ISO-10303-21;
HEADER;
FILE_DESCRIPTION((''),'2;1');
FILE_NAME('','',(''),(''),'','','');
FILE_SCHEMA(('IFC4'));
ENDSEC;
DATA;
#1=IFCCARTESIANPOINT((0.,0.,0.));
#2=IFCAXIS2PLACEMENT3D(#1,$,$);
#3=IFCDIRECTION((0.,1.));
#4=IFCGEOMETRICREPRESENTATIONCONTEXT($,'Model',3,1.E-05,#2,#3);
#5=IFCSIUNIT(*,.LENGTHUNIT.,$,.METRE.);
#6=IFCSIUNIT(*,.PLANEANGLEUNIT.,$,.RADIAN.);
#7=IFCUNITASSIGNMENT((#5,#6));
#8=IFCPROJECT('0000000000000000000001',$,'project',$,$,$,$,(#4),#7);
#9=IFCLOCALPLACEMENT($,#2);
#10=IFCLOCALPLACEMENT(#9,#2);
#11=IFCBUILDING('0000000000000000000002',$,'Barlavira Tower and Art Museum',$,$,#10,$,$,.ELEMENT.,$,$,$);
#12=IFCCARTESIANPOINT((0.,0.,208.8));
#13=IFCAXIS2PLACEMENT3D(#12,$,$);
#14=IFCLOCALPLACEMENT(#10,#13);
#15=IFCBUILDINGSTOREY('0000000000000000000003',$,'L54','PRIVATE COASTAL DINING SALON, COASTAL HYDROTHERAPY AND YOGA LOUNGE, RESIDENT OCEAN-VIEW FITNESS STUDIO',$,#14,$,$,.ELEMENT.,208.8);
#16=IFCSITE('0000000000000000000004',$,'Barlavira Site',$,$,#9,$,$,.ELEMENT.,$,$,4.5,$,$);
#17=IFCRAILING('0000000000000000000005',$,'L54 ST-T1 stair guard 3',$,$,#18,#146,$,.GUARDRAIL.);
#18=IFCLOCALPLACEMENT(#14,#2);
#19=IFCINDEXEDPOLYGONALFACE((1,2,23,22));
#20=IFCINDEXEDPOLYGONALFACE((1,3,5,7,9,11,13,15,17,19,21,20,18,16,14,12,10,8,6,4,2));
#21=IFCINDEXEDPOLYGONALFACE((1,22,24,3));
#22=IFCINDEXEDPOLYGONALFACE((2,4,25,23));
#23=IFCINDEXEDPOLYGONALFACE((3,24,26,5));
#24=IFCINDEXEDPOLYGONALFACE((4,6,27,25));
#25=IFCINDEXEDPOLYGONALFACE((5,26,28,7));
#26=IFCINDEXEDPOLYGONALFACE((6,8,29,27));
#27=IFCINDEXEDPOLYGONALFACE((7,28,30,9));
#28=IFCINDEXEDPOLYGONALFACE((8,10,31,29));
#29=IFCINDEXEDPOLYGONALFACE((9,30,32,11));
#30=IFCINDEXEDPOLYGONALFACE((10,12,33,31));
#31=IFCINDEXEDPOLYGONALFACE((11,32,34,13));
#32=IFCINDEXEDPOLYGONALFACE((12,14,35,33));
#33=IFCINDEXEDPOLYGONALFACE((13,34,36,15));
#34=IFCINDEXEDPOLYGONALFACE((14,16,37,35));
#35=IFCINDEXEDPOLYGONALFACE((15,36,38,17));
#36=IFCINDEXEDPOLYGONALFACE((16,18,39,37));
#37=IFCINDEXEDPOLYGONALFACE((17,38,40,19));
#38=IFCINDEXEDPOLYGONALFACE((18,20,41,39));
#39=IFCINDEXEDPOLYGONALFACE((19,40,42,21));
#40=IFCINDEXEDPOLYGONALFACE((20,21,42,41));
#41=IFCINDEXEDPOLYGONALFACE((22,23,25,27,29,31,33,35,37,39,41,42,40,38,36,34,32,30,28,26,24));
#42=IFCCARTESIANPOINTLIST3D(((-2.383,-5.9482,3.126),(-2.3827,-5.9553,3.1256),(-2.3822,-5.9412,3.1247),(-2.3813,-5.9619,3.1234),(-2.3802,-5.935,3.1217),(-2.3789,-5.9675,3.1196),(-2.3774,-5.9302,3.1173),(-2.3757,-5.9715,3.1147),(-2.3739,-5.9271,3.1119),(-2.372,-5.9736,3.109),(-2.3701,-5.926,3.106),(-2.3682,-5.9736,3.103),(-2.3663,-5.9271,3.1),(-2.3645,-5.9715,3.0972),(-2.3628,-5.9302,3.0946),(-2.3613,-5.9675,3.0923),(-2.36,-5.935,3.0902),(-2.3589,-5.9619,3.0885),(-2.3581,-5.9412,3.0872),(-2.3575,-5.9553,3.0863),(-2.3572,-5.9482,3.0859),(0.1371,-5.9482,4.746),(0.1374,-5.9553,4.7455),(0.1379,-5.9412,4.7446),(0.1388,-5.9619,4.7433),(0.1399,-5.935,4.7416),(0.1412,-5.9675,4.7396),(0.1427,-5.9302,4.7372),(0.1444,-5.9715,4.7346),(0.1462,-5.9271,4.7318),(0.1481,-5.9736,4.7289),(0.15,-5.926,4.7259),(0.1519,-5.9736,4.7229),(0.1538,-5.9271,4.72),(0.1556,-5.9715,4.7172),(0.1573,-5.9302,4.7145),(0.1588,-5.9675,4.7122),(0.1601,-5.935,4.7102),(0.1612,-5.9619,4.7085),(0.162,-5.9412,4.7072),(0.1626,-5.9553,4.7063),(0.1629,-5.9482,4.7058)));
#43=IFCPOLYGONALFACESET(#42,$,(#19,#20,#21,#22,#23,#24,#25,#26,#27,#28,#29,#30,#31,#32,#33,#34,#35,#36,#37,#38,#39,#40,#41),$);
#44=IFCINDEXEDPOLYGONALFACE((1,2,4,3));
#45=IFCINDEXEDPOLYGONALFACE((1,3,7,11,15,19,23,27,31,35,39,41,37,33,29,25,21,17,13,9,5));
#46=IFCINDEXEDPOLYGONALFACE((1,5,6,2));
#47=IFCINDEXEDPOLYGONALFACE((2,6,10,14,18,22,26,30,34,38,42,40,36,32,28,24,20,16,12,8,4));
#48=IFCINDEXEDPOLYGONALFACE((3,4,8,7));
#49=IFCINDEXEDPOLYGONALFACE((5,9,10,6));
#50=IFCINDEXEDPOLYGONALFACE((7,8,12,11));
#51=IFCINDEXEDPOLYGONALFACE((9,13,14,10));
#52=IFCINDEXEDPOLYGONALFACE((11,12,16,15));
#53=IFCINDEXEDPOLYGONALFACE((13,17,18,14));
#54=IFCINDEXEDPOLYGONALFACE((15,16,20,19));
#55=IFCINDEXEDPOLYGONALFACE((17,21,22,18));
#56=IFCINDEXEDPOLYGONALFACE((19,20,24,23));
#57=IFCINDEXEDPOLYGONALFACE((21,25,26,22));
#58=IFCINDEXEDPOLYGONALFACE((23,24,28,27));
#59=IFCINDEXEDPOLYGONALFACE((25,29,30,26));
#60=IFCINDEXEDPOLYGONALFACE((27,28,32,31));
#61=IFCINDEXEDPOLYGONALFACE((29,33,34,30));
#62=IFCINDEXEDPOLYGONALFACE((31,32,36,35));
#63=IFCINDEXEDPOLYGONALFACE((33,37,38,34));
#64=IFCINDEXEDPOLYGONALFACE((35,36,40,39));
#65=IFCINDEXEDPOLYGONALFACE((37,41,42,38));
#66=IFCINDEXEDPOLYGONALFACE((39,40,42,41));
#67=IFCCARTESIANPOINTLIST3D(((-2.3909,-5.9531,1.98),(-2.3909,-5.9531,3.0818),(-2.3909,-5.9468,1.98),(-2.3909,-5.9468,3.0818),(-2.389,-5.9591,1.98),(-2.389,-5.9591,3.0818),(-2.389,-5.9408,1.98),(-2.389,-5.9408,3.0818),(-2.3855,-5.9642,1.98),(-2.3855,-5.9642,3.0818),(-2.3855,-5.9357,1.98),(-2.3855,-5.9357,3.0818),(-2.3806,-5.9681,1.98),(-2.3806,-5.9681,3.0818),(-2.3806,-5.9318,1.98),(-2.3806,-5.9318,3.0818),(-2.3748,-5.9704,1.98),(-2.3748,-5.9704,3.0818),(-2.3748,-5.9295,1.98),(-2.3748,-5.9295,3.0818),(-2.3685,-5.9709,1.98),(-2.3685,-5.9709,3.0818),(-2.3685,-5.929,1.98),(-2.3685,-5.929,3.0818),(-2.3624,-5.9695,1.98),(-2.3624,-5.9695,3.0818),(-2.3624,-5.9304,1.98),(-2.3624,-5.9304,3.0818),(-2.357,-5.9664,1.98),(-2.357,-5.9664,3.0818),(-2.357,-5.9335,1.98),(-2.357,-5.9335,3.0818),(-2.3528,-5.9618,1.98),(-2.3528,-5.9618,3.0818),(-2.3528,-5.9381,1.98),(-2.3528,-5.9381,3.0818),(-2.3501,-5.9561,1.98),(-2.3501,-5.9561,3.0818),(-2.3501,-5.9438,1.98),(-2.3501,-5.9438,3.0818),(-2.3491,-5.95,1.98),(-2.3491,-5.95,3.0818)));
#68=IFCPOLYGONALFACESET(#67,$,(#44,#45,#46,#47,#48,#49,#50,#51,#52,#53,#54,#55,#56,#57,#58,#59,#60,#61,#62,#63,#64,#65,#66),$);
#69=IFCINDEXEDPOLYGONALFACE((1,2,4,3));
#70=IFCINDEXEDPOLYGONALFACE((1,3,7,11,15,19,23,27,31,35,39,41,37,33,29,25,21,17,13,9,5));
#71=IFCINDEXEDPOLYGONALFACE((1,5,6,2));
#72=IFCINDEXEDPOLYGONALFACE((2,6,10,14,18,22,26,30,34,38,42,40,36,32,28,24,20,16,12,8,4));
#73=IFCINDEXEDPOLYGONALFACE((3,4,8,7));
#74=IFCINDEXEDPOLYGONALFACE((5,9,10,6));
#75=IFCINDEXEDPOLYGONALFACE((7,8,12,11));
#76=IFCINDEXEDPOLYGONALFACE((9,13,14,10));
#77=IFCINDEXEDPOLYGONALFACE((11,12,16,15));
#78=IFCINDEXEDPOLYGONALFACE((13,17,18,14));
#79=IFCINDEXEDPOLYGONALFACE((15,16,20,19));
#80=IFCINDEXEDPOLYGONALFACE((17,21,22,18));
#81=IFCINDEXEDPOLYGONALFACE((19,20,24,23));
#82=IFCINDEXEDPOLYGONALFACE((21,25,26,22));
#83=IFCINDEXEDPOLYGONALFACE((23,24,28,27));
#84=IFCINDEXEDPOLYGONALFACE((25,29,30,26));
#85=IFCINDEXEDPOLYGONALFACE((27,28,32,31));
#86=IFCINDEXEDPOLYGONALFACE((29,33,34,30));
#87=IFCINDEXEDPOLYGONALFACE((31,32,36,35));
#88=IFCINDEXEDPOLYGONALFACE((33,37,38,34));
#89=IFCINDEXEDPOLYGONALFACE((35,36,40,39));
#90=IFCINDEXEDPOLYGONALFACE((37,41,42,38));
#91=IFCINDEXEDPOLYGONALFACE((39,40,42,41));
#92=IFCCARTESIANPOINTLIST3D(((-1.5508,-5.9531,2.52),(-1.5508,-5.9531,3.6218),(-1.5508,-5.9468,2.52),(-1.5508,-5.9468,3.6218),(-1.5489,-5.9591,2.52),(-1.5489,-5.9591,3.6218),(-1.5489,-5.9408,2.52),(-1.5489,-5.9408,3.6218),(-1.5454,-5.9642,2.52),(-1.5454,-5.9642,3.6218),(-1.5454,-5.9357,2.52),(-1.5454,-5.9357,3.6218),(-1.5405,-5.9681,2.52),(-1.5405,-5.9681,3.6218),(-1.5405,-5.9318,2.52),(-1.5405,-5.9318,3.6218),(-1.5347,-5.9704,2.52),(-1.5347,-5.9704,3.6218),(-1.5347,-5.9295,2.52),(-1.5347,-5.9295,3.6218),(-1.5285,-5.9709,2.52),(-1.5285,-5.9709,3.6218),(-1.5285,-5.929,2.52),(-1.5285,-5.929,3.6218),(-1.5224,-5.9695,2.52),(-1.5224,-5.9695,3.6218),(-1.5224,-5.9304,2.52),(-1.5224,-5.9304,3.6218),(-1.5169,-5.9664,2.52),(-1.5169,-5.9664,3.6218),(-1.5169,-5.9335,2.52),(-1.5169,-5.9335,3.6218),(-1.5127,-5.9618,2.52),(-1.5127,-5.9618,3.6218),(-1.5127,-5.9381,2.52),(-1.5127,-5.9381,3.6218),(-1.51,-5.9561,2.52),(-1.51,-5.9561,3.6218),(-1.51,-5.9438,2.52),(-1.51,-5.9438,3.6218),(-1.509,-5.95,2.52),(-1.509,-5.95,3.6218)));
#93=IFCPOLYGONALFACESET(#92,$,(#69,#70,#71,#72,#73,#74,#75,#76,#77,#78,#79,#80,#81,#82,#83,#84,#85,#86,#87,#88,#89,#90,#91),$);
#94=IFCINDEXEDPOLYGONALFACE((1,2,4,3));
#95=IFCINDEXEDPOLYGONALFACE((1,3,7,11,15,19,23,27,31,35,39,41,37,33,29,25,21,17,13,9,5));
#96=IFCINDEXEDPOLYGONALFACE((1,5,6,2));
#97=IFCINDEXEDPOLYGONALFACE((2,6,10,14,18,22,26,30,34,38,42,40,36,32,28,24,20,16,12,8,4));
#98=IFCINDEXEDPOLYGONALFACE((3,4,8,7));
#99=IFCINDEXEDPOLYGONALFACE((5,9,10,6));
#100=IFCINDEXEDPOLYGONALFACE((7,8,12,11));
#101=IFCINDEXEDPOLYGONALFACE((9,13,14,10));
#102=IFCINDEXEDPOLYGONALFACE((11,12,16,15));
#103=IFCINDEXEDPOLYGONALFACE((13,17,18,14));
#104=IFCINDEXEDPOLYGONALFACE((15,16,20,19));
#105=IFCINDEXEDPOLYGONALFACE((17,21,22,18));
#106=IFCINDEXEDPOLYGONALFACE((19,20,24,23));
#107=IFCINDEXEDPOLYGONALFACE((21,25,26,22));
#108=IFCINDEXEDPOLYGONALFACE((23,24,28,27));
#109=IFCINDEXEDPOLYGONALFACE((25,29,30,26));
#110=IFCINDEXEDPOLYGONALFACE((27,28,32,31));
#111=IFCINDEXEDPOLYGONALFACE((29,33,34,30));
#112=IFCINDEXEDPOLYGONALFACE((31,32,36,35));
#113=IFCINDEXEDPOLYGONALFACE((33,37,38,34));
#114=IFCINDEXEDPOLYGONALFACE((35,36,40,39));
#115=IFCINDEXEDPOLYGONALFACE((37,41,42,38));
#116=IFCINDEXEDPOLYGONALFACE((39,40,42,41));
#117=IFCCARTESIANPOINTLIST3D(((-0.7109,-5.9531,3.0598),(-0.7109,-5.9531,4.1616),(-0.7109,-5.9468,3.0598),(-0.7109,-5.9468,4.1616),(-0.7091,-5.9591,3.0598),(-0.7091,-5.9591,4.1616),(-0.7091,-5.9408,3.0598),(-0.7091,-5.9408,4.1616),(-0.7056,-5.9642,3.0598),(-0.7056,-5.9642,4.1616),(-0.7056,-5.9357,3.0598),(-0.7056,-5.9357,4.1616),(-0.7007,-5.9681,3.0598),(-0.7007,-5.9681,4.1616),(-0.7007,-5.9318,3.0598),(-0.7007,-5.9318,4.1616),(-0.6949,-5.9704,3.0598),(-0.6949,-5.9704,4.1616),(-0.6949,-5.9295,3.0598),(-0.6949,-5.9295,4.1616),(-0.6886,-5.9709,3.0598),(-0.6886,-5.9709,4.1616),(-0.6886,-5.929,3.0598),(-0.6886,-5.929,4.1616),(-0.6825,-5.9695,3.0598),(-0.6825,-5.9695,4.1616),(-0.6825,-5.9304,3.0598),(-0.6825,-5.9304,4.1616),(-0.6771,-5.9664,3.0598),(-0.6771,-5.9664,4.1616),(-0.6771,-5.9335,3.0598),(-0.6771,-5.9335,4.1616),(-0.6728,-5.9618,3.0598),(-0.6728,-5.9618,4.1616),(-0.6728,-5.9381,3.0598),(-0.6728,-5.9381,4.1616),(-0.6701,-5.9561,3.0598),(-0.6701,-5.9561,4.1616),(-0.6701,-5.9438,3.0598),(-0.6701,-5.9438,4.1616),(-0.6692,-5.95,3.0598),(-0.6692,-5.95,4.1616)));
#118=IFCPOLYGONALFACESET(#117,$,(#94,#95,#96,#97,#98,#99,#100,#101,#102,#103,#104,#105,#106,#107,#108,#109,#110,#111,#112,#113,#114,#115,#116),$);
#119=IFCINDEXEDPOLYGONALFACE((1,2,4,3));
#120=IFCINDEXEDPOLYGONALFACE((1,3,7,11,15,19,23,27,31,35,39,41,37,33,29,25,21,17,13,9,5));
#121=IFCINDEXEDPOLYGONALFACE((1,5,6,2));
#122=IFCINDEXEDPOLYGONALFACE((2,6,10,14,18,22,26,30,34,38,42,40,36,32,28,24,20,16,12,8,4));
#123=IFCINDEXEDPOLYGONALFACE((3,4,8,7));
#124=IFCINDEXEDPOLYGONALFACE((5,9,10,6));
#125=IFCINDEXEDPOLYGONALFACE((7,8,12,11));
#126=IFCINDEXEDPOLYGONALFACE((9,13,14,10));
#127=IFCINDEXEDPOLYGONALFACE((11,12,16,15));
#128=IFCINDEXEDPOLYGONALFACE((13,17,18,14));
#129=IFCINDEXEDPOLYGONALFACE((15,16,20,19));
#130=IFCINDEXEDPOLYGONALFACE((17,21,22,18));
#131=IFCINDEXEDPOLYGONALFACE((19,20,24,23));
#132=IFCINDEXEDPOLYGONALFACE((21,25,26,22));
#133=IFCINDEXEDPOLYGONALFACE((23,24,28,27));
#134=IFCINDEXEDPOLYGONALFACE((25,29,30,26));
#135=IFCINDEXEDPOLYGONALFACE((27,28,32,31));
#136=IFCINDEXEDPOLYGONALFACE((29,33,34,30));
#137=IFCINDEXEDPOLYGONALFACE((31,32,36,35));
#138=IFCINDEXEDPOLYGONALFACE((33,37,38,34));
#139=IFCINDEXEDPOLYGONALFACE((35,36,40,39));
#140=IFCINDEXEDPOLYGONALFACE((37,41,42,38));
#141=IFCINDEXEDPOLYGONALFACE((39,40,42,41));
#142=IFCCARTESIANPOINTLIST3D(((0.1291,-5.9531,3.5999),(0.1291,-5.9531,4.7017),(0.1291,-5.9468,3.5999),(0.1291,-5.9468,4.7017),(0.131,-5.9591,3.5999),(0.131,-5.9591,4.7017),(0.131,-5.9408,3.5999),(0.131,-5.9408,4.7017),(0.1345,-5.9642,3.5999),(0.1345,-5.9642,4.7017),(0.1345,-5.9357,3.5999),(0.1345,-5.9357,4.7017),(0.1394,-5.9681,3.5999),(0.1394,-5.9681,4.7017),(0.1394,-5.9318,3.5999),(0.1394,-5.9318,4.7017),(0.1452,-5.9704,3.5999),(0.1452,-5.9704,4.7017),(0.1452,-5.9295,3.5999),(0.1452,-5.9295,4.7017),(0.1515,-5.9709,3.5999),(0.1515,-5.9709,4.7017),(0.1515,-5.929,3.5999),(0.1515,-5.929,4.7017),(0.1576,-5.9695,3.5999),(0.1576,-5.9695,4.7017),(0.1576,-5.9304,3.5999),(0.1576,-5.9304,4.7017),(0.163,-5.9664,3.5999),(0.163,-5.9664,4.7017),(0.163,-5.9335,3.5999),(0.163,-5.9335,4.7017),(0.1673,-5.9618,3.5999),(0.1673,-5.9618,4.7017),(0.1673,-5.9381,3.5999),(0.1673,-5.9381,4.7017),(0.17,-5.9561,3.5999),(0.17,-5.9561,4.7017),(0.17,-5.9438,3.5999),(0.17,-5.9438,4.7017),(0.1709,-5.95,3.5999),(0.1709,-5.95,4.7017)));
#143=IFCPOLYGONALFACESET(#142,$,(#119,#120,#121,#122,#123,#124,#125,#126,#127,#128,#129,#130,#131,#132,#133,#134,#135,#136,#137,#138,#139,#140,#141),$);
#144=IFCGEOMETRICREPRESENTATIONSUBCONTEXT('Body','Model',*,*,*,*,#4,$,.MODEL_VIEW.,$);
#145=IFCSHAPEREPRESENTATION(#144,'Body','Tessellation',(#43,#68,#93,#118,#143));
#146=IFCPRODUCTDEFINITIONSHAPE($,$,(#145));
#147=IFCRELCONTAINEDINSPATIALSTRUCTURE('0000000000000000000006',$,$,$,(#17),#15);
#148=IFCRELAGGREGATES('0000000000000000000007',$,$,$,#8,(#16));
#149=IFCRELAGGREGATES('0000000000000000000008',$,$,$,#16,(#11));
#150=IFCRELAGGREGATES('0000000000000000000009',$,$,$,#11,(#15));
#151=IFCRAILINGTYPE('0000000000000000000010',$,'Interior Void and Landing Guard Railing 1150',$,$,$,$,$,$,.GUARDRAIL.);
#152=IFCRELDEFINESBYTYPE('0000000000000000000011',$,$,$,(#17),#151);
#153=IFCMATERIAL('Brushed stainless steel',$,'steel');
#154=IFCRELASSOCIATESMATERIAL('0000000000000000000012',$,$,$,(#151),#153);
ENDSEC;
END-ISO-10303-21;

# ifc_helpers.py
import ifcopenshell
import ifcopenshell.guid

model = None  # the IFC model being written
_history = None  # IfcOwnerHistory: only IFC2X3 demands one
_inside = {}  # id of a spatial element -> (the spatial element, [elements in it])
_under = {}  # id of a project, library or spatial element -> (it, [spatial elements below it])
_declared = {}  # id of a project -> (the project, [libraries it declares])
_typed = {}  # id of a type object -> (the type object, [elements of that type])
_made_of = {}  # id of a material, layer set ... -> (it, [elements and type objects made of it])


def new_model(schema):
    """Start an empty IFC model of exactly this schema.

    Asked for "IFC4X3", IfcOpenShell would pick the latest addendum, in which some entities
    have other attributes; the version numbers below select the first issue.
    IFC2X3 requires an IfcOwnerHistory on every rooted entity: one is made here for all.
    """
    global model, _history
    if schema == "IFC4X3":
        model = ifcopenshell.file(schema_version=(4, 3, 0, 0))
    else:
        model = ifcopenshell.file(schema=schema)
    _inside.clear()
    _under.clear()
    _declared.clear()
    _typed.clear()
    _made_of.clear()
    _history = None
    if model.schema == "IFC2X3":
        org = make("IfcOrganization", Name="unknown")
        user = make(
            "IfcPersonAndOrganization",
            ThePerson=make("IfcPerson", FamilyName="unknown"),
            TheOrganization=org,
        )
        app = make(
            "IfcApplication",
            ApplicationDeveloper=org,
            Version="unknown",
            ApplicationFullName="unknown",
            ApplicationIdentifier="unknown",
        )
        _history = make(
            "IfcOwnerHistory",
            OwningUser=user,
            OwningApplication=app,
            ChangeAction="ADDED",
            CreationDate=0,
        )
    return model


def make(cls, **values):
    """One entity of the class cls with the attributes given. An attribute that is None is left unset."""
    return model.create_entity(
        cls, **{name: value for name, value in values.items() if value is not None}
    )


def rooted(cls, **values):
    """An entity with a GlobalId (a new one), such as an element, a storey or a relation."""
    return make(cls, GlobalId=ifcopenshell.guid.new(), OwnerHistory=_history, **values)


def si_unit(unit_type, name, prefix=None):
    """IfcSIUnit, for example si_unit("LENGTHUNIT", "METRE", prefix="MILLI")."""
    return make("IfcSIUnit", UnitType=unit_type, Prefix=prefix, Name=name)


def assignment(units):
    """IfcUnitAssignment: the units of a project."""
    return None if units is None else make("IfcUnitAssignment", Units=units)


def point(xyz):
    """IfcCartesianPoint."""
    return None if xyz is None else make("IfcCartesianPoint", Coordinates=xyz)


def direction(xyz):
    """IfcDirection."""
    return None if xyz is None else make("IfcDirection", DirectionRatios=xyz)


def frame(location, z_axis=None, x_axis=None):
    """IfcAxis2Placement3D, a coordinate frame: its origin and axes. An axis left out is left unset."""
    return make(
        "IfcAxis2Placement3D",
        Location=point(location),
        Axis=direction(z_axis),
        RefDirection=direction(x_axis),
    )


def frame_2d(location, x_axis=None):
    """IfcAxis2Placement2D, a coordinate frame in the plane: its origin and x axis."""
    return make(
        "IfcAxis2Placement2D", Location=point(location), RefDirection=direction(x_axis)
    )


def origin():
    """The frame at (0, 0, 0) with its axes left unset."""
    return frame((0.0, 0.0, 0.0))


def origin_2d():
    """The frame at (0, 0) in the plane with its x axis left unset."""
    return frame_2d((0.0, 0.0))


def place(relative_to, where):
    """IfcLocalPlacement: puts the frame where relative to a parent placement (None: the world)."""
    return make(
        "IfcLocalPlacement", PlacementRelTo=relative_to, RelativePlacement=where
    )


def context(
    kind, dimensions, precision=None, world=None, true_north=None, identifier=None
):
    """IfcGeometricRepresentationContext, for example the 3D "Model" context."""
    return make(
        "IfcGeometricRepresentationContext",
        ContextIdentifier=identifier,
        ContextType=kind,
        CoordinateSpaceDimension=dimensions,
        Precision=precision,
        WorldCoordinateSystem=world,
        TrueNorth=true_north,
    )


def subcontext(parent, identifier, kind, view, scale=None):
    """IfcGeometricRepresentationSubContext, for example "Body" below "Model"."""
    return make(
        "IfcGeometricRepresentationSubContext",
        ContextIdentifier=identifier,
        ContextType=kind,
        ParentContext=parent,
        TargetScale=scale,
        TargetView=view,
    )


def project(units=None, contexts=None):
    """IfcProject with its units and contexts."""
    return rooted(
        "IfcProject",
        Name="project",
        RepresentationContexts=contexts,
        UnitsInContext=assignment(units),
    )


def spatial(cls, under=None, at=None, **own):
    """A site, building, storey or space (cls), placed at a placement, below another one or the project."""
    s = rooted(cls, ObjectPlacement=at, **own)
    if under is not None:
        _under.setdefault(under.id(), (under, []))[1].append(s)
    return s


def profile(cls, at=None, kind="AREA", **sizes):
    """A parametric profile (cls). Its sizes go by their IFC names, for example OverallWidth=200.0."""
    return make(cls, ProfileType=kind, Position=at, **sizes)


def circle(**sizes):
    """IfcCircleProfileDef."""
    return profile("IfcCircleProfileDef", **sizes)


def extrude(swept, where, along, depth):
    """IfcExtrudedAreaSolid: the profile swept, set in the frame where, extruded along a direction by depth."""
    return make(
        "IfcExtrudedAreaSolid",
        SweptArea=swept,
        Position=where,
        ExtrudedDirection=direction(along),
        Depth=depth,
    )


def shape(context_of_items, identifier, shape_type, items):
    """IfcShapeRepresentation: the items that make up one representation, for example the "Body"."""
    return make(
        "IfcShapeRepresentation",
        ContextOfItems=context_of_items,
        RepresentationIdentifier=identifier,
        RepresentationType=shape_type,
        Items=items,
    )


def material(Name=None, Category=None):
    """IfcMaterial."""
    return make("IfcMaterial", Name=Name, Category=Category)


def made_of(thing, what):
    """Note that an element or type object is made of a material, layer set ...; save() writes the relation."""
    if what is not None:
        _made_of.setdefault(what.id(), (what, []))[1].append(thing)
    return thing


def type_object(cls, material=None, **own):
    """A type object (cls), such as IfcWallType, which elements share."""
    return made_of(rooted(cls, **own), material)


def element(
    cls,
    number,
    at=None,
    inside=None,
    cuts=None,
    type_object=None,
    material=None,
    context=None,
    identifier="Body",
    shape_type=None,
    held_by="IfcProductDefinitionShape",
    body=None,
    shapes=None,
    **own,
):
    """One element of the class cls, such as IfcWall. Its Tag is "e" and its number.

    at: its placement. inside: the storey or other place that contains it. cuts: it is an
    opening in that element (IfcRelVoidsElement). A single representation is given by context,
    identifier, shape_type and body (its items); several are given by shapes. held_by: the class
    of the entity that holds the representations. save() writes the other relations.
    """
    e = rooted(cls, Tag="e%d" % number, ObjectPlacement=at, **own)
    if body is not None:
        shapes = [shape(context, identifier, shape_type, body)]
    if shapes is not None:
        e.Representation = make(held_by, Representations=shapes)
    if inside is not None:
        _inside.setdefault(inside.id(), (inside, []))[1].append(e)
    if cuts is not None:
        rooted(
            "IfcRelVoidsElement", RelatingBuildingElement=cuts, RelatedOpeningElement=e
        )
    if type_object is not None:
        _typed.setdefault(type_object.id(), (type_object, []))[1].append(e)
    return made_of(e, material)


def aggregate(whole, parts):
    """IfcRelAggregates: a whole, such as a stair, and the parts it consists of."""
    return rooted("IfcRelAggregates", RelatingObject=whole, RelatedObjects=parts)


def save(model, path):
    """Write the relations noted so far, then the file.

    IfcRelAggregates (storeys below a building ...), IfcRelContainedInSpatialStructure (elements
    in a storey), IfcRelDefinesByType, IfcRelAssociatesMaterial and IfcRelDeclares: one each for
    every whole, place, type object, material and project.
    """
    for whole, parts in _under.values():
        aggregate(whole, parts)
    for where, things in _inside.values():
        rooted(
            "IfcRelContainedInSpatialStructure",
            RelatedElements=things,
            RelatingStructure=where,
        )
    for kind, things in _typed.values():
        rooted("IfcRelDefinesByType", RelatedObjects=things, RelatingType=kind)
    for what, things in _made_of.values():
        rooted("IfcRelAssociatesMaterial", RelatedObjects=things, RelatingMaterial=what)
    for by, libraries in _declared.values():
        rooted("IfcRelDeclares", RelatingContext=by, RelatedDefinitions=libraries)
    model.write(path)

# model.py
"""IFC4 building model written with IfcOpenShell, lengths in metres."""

from ifc_helpers import new_model, si_unit, direction, frame, origin, origin_2d, place, context, subcontext, project, spatial, circle, extrude, material, type_object, element, save


model = new_model("IFC4")

# Units and contexts
model_context = context("Model", 3, precision=1e-05, world=origin(), true_north=direction((0.0, 1.0)))
body_context = subcontext(model_context, "Body", "Model", "MODEL_VIEW")
ifc_project = project(units=[si_unit("LENGTHUNIT", "METRE"), si_unit("PLANEANGLEUNIT", "RADIAN")], contexts=[model_context])

# Site, building, storey
site_placement = place(None, origin())
site = spatial("IfcSite", under=ifc_project, at=site_placement, Name="Barlavira Site", CompositionType="ELEMENT", RefElevation=4.5)
building_placement = place(site_placement, origin())
building = spatial("IfcBuilding", under=site, at=building_placement, Name="Barlavira Tower and Art Museum", CompositionType="ELEMENT")
storey_placement = place(building_placement, frame((0.0, 0.0, 208.8)))
storey = spatial("IfcBuildingStorey", under=building, at=storey_placement, Name="L54", Description="PRIVATE COASTAL DINING SALON, COASTAL HYDROTHERAPY AND YOGA LOUNGE, RESIDENT OCEAN-VIEW FITNESS STUDIO", CompositionType="ELEMENT", Elevation=208.8)

# Shared definitions
ifc_material_1 = material(Name="Brushed stainless steel", Category="steel")

# Railing
railing_type_1 = type_object("IfcRailingType", Name="Interior Void and Landing Guard Railing 1150", PredefinedType="GUARDRAIL", material=ifc_material_1)
railing_1_placement = place(storey_placement, frame((-2.3701, -5.95, 1.98)))
element("IfcRailing", 1, at=railing_1_placement, inside=storey, type_object=railing_type_1, Name="L54 ST-T1 stair guard 3", PredefinedType="GUARDRAIL", context=body_context, shape_type="SweptSolid", body=[
    extrude(circle(Radius=0.0239, at=origin_2d()), frame((0.0, 0.0, 1.126), z_axis=(0.8412, 0.0, 0.540725), x_axis=(0.0, 1.0, 0.0)), (0.0, 0.0, 1.0), 2.9958),
    extrude(circle(Radius=0.021, at=origin_2d()), origin(), (0.0, 0.0, 1.0), 1.1018),
    extrude(circle(Radius=0.021, at=origin_2d()), frame((0.8401, 0.0, 0.54)), (0.0, 0.0, 1.0), 1.1018),
    extrude(circle(Radius=0.021, at=origin_2d()), frame((1.6799, 0.0, 1.0798)), (0.0, 0.0, 1.0), 1.1018),
    extrude(circle(Radius=0.021, at=origin_2d()), frame((2.52, 0.0, 1.6199)), (0.0, 0.0, 1.0), 1.1018),
])

save(model, "model.ifc")
